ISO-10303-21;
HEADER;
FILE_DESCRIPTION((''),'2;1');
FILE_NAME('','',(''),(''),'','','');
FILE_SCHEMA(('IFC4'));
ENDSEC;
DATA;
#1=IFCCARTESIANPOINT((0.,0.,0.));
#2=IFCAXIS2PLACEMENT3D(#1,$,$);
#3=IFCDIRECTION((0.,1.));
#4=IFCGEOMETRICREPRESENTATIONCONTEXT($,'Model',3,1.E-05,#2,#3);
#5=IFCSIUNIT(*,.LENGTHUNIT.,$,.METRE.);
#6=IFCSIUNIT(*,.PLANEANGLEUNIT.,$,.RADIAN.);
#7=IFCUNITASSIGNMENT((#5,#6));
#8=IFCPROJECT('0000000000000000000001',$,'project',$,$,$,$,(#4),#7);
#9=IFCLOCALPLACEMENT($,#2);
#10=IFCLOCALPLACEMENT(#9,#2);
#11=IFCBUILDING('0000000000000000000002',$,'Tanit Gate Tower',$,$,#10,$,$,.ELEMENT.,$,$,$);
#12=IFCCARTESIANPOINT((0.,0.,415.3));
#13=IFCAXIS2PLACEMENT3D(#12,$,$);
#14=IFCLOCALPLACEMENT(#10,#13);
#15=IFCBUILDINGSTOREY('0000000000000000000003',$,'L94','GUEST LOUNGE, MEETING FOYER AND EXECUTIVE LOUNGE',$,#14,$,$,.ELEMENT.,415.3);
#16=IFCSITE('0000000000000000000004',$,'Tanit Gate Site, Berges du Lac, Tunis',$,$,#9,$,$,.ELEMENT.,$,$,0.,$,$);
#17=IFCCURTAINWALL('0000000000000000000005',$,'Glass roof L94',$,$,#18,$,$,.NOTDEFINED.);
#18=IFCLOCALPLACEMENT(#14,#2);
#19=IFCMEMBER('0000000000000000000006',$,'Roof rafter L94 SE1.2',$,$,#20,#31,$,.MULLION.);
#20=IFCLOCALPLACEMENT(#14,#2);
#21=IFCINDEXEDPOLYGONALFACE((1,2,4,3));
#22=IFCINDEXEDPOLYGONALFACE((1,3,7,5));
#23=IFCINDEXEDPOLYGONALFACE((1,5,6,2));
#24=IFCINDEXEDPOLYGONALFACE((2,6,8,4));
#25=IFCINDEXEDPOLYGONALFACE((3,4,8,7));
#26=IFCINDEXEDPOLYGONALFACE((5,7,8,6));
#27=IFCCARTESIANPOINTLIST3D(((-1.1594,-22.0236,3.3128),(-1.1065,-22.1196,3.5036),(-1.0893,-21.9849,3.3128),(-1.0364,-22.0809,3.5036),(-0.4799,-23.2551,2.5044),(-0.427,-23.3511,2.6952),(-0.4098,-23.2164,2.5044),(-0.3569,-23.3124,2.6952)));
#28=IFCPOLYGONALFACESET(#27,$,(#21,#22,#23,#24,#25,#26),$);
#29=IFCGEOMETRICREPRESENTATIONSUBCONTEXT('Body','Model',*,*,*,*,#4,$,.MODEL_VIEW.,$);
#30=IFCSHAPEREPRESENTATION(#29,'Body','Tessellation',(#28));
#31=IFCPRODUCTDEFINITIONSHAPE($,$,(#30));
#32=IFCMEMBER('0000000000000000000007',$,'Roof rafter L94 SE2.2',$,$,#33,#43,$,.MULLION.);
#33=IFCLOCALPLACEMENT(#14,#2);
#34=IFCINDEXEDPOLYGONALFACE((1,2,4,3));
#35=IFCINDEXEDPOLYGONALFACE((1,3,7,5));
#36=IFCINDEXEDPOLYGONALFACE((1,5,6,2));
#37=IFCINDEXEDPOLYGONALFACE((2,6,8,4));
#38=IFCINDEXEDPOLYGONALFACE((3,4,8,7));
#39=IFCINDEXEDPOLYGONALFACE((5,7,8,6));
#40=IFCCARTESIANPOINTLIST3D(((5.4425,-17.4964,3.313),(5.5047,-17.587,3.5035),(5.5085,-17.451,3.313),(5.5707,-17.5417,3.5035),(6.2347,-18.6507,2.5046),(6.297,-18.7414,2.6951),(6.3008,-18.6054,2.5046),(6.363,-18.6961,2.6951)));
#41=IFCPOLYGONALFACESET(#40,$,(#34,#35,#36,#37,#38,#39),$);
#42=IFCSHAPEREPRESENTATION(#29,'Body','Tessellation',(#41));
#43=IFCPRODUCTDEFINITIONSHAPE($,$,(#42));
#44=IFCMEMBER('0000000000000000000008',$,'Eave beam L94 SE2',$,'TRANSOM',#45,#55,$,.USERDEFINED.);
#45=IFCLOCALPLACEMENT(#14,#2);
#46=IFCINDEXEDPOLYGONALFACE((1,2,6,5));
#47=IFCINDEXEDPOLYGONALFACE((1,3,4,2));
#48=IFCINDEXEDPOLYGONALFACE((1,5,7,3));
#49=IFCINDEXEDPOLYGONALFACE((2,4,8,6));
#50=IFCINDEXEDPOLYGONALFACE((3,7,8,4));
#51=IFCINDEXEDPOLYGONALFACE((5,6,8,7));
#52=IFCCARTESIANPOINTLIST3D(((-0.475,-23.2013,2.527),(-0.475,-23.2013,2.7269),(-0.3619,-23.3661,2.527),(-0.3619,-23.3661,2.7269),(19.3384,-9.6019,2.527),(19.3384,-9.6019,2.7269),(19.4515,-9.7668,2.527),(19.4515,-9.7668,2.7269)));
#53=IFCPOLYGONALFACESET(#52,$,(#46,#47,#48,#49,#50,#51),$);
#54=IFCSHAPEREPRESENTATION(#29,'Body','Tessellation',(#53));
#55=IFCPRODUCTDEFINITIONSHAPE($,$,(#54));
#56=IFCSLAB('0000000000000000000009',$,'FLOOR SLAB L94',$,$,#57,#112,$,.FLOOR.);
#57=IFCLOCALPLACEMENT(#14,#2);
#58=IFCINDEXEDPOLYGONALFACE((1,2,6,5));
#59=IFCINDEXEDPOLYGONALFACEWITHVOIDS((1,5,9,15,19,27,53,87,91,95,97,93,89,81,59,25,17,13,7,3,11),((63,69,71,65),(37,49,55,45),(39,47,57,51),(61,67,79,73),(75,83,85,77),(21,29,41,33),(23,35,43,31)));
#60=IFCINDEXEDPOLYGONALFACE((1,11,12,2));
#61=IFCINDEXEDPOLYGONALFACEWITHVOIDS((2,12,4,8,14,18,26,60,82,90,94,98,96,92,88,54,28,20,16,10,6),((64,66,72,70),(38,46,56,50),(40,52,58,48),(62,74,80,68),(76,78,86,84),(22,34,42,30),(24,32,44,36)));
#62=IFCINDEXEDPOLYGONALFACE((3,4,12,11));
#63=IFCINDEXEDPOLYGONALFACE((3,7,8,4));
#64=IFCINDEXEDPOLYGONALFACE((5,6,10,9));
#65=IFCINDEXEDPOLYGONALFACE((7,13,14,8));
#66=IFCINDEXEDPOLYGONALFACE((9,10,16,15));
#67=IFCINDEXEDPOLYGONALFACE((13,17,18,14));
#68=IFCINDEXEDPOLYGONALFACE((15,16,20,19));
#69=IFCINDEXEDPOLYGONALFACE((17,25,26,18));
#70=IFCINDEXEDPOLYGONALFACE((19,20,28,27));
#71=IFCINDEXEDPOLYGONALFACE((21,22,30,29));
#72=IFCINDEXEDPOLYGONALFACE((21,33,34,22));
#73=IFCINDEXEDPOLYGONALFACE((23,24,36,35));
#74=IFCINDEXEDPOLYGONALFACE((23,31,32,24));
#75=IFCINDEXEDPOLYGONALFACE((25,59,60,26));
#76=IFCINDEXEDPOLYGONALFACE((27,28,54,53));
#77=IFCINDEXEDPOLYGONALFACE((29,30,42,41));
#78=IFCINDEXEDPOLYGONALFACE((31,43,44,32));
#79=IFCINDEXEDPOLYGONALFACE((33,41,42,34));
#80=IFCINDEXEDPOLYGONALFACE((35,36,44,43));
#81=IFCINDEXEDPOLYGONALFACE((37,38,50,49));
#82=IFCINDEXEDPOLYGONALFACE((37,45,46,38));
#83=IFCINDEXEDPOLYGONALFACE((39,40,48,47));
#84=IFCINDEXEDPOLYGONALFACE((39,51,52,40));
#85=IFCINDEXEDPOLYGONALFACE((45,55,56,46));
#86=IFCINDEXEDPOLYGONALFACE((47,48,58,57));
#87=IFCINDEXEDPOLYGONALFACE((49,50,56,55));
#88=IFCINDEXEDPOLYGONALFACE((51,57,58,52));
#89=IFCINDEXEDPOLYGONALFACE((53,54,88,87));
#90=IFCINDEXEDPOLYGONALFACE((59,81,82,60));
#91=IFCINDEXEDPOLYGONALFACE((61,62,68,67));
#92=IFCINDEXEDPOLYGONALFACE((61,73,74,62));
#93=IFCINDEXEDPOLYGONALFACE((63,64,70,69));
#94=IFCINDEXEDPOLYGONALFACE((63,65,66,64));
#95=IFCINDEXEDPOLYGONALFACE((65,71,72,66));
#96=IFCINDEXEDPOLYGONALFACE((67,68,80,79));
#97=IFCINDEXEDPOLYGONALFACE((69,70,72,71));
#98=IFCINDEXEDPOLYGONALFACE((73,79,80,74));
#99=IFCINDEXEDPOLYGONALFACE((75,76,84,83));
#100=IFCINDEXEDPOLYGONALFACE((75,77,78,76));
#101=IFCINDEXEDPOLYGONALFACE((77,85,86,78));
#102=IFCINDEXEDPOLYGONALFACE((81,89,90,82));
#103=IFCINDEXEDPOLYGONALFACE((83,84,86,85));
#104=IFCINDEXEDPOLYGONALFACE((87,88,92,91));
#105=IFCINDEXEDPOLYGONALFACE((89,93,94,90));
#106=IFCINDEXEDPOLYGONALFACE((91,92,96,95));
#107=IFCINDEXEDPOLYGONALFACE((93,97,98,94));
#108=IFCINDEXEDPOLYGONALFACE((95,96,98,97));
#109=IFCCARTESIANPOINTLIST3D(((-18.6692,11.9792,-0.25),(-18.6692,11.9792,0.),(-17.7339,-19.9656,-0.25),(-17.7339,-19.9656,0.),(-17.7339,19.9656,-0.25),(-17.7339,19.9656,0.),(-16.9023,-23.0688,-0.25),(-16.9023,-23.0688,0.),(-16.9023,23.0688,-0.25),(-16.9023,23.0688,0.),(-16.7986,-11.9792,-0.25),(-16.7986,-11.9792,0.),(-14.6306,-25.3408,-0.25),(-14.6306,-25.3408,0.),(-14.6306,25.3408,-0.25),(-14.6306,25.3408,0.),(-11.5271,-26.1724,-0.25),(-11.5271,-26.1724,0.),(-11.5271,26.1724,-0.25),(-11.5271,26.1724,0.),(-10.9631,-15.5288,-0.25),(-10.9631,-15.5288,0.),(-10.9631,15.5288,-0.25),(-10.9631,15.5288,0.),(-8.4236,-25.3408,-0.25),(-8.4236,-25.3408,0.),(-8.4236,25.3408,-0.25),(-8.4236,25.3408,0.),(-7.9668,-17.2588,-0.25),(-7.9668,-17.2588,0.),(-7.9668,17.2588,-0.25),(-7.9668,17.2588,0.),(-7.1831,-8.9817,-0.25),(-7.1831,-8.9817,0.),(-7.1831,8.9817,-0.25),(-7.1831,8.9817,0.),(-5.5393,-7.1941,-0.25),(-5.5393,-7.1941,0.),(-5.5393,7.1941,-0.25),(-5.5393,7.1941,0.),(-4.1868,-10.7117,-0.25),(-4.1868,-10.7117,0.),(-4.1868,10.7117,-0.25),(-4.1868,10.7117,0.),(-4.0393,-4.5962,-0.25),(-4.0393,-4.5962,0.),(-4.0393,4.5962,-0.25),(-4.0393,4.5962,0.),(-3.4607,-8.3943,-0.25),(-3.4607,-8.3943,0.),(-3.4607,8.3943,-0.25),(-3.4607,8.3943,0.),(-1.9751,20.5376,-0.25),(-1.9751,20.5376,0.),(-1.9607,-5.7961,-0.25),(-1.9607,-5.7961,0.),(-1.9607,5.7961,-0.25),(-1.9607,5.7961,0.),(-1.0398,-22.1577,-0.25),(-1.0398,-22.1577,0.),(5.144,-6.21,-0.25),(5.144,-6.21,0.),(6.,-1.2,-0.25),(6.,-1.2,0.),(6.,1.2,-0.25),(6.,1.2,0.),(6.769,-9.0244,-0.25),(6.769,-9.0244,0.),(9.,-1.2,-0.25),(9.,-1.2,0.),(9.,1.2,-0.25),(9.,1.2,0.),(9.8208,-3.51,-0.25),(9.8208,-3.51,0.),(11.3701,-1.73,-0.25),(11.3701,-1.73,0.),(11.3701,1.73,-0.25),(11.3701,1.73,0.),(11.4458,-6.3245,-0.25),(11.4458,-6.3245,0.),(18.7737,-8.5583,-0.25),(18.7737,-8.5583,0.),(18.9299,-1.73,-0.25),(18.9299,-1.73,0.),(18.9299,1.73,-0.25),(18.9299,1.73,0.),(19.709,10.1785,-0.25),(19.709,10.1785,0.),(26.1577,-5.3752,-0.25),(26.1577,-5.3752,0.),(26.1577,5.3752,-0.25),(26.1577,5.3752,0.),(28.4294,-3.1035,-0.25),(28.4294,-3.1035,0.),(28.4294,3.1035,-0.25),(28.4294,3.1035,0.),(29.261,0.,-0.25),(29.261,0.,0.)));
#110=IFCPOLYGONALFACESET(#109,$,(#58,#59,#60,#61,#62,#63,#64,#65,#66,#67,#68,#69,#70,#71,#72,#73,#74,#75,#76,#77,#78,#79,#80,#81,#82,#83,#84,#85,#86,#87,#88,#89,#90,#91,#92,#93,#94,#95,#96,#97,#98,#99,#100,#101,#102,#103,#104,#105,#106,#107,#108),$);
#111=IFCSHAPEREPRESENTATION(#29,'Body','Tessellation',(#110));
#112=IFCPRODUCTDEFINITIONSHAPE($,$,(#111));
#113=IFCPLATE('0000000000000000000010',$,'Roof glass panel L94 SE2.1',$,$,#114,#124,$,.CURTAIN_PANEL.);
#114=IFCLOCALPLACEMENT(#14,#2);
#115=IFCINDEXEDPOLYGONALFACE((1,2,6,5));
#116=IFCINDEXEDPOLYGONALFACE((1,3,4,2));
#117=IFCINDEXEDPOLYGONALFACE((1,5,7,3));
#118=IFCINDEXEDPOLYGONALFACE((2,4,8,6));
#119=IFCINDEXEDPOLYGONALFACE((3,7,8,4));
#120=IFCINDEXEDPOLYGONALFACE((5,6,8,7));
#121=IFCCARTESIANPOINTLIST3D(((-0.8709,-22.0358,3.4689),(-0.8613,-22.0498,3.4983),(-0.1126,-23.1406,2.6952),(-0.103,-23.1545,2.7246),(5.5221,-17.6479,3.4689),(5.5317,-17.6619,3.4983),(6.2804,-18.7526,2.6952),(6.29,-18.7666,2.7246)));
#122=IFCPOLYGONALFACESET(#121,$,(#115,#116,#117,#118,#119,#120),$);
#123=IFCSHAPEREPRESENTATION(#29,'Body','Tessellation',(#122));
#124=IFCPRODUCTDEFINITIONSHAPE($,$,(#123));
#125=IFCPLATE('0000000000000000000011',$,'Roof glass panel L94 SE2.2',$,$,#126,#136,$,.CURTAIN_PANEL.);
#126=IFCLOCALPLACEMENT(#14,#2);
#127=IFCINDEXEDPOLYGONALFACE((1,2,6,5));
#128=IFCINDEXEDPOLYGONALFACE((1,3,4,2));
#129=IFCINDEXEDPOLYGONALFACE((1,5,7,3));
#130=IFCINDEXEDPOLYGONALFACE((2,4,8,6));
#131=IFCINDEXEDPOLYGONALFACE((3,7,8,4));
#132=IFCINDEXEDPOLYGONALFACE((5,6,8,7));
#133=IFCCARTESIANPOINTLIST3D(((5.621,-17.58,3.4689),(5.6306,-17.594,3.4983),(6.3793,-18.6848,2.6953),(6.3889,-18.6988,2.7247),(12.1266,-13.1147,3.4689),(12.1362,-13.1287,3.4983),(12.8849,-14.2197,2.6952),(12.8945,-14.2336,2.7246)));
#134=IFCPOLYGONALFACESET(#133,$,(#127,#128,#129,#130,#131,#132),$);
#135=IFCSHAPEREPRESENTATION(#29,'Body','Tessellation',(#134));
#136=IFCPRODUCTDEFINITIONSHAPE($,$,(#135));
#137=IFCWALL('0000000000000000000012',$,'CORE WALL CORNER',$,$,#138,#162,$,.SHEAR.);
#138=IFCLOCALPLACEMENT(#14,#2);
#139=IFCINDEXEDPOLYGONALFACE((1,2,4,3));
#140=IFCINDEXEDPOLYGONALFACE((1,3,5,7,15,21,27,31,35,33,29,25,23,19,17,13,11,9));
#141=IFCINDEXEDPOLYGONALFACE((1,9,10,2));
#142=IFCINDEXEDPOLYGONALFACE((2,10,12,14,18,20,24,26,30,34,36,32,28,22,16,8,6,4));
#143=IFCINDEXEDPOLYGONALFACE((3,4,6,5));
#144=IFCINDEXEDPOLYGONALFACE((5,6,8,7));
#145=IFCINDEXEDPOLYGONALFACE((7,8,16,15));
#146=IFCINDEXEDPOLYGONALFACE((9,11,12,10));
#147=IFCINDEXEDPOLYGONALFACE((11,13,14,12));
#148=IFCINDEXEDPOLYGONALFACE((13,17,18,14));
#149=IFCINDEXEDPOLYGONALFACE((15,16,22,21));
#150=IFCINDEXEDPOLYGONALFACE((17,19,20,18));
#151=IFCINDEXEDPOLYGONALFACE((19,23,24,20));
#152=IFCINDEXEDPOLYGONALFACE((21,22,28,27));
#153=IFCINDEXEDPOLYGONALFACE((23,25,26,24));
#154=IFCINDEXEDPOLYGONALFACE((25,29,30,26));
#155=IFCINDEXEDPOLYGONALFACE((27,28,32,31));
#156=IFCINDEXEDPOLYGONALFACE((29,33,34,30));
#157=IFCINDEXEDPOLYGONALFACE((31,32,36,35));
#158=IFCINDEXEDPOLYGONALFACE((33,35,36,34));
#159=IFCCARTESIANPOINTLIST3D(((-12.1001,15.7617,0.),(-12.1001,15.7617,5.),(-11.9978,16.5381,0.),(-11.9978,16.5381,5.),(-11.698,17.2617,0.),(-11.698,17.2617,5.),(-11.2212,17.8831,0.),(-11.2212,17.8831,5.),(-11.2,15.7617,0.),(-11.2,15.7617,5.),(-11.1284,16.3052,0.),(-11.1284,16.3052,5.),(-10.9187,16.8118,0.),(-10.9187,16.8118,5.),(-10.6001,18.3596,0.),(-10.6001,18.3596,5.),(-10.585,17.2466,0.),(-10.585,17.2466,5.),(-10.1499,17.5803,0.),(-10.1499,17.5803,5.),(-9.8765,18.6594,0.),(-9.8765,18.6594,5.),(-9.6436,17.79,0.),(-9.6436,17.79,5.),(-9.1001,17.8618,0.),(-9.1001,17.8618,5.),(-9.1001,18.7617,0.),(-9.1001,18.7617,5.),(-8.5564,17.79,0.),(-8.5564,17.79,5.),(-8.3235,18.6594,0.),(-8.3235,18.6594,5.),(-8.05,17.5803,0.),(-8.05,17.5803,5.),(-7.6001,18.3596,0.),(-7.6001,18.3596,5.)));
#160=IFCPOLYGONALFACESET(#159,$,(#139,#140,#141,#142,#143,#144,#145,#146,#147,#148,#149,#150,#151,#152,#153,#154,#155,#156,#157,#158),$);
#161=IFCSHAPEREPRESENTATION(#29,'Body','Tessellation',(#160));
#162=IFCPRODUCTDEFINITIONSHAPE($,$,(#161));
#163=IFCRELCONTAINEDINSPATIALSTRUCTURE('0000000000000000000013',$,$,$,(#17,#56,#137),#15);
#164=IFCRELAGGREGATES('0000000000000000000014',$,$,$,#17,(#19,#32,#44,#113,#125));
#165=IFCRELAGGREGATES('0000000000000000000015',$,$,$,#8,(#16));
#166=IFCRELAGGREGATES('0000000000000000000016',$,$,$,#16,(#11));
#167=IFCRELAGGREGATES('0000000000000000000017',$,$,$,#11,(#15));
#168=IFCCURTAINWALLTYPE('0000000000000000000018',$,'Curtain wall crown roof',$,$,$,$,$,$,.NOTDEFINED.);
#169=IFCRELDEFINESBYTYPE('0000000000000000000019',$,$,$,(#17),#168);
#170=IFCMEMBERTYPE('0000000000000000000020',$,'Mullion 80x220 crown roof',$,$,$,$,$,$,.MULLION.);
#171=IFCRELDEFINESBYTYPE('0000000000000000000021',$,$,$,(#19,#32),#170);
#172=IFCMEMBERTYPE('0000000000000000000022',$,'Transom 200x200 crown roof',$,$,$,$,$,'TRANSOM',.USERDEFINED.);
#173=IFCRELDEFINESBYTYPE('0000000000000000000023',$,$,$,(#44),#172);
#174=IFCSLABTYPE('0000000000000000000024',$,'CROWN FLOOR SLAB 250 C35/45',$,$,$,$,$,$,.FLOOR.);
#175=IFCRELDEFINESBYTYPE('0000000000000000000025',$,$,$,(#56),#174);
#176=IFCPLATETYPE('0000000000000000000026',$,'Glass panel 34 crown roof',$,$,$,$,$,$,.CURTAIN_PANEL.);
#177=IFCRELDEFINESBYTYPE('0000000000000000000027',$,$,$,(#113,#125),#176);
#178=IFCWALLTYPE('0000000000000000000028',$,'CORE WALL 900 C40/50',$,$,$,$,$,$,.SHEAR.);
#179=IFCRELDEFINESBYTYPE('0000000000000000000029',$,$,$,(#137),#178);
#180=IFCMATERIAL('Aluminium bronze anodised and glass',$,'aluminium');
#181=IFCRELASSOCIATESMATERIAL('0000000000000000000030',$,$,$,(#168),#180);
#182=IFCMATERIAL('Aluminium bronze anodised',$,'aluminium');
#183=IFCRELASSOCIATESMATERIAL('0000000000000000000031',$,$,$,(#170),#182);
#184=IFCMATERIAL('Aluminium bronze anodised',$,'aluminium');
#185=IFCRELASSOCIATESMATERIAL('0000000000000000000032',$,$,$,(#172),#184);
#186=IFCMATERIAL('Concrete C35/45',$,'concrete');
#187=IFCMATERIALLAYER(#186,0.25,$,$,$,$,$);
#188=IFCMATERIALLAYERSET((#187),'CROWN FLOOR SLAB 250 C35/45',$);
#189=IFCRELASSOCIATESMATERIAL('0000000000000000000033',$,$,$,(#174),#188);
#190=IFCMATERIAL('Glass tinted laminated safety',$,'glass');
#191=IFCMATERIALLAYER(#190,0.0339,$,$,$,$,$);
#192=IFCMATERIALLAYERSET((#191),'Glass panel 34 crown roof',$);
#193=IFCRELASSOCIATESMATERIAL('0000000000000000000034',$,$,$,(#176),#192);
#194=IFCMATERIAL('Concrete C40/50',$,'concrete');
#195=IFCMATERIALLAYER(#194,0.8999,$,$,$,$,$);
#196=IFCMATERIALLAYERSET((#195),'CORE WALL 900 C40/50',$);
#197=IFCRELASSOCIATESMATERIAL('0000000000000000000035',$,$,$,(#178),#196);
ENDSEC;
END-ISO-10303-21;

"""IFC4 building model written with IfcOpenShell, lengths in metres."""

from ifc_helpers import new_model, si_unit, direction, frame, origin, origin_2d, place, context, subcontext, project, spatial, polyline, rectangle, outline, extrude, material, layer, layer_set, material_profile, profile_set, type_object, element, aggregate, save


model = new_model("IFC4")

# Units and contexts
model_context = context("Model", 3, precision=1e-05, world=origin(), true_north=direction((0.0, 1.0)))
body_context = subcontext(model_context, "Body", "Model", "MODEL_VIEW")
ifc_project = project(units=[si_unit("LENGTHUNIT", "METRE"), si_unit("PLANEANGLEUNIT", "RADIAN")], contexts=[model_context])

# Site, building, storey
site_placement = place(None, origin())
site = spatial("IfcSite", under=ifc_project, at=site_placement, Name="Tanit Gate Site, Berges du Lac, Tunis", CompositionType="ELEMENT", RefElevation=0.0)
building_placement = place(site_placement, origin())
building = spatial("IfcBuilding", under=site, at=building_placement, Name="Tanit Gate Tower", CompositionType="ELEMENT")
storey_placement = place(building_placement, frame((0.0, 0.0, 415.3)))
storey = spatial("IfcBuildingStorey", under=building, at=storey_placement, Name="L94", Description="GUEST LOUNGE, MEETING FOYER AND EXECUTIVE LOUNGE", CompositionType="ELEMENT", Elevation=415.3)

# Curtain wall, members
ifc_material_1 = material(Name="Aluminium bronze anodised and glass", Category="aluminium")
curtain_wall_type = type_object("IfcCurtainWallType", Name="Curtain wall crown roof", PredefinedType="NOTDEFINED", material=ifc_material_1)
curtain_wall_placement = place(storey_placement, origin())
curtain_wall = element("IfcCurtainWall", 1, at=curtain_wall_placement, inside=storey, type_object=curtain_wall_type, Name="Glass roof L94", PredefinedType="NOTDEFINED")
ifc_material_2 = material(Name="Aluminium bronze anodised", Category="aluminium")
ifc_material_profile_1 = material_profile(ifc_material_2, rectangle(XDim=0.0801, YDim=0.22, at=origin_2d()), Name="80x220 bronze rafter")
ifc_profile_set_1 = profile_set([ifc_material_profile_1], Name="Aluminium bronze anodised")
member_type_1 = type_object("IfcMemberType", Name="Mullion 80x220 crown roof", PredefinedType="MULLION", material=ifc_profile_set_1)
member_1_placement = place(storey_placement, frame((-1.0979, -22.0522, 3.4082), z_axis=(0.418841, -0.759121, -0.498305), x_axis=(0.87557, 0.483091, 0.0)))
member_1 = element("IfcMember", 2, at=member_1_placement, type_object=member_type_1, Name="Roof rafter L94 SE1.2", PredefinedType="MULLION", context=body_context, shape_type="SweptSolid", body=[
    extrude(rectangle(XDim=0.0801, YDim=0.22, at=origin_2d()), origin(), (0.0, 0.0, 1.0), 1.6223),
])
member_2_placement = place(storey_placement, frame((5.5066, -17.519, 3.4082), z_axis=(0.490056, -0.714018, -0.500024), x_axis=(0.824489, 0.565877, 0.0)))
member_2 = element("IfcMember", 3, at=member_2_placement, type_object=member_type_1, Name="Roof rafter L94 SE2.2", PredefinedType="MULLION", context=body_context, shape_type="SweptSolid", body=[
    extrude(rectangle(XDim=0.0801, YDim=0.22, at=origin_2d()), origin(), (0.0, 0.0, 1.0), 1.6167),
])
ifc_material_3 = material(Name="Aluminium bronze anodised", Category="aluminium")
ifc_material_profile_2 = material_profile(ifc_material_3, rectangle(XDim=0.2, YDim=0.2, at=origin_2d()), Name="200x200 bronze transom")
ifc_profile_set_2 = profile_set([ifc_material_profile_2], Name="Aluminium bronze anodised")
member_type_2 = type_object("IfcMemberType", Name="Transom 200x200 crown roof", ElementType="TRANSOM", PredefinedType="USERDEFINED", material=ifc_profile_set_2)
member_3_placement = place(storey_placement, frame((-0.4185, -23.2837, 2.627), z_axis=(0.824477, 0.565896, 0.0), x_axis=(-0.565896, 0.824477, 0.0)))
member_3 = element("IfcMember", 4, at=member_3_placement, type_object=member_type_2, Name="Eave beam L94 SE2", ObjectType="TRANSOM", PredefinedType="USERDEFINED", context=body_context, shape_type="SweptSolid", body=[
    extrude(rectangle(XDim=0.2, YDim=0.2, at=origin_2d()), origin(), (0.0, 0.0, 1.0), 24.0315),
])

# Slab
ifc_material_4 = material(Name="Concrete C35/45", Category="concrete")
ifc_layer_1 = layer(ifc_material_4, 0.25)
ifc_layer_set_1 = layer_set([ifc_layer_1], Name="CROWN FLOOR SLAB 250 C35/45")
slab_type = type_object("IfcSlabType", Name="CROWN FLOOR SLAB 250 C35/45", PredefinedType="FLOOR", material=ifc_layer_set_1)
slab_placement = place(storey_placement, frame((0.0, 0.0, -0.25)))
element("IfcSlab", 5, at=slab_placement, inside=storey, type_object=slab_type, Name="FLOOR SLAB L94", PredefinedType="FLOOR", context=body_context, shape_type="SweptSolid", body=[
    extrude(outline(polyline([(26.1577, 5.3752), (28.4294, 3.1035), (29.261, 0.0), (28.4294, -3.1035), (26.1577, -5.3752), (18.7737, -8.5583), (-1.0398, -22.1577), (-8.4236, -25.3408), (-11.5271, -26.1724), (-14.6306, -25.3408), (-16.9023, -23.0688), (-17.7339, -19.9656), (-16.7986, -11.9792), (-18.6692, 11.9792), (-17.7339, 19.9656), (-16.9023, 23.0688), (-14.6306, 25.3408), (-11.5271, 26.1724), (-8.4236, 25.3408), (-1.9751, 20.5376), (19.709, 10.1785), (26.1577, 5.3752)]), holes=[polyline([(11.3701, -1.73), (11.3701, 1.73), (18.9299, 1.73), (18.9299, -1.73), (11.3701, -1.73)]), polyline([(9.8208, -3.51), (11.4458, -6.3245), (6.769, -9.0244), (5.144, -6.21), (9.8208, -3.51)]), polyline([(6.0, -1.2), (6.0, 1.2), (9.0, 1.2), (9.0, -1.2), (6.0, -1.2)]), polyline([(-1.9607, 5.7961), (-4.0393, 4.5962), (-5.5393, 7.1941), (-3.4607, 8.3943), (-1.9607, 5.7961)]), polyline([(-4.0393, -4.5962), (-1.9607, -5.7961), (-3.4607, -8.3943), (-5.5393, -7.1941), (-4.0393, -4.5962)]), polyline([(-4.1868, 10.7117), (-7.1831, 8.9817), (-10.9631, 15.5288), (-7.9668, 17.2588), (-4.1868, 10.7117)]), polyline([(-7.1831, -8.9817), (-4.1868, -10.7117), (-7.9668, -17.2588), (-10.9631, -15.5288), (-7.1831, -8.9817)])]), origin(), (0.0, 0.0, 1.0), 0.25),
])

# Plates
ifc_material_5 = material(Name="Glass tinted laminated safety", Category="glass")
ifc_layer_2 = layer(ifc_material_5, 0.0339)
ifc_layer_set_2 = layer_set([ifc_layer_2], Name="Glass panel 34 crown roof")
plate_type = type_object("IfcPlateType", Name="Glass panel 34 crown roof", PredefinedType="CURTAIN_PANEL", material=ifc_layer_set_2)
plate_1_placement = place(storey_placement, frame((-0.8613, -22.0498, 3.4983), z_axis=(0.282962, -0.412265, 0.866008), x_axis=(0.824481, 0.56589, 0.0)))
plate_1 = element("IfcPlate", 6, at=plate_1_placement, type_object=plate_type, Name="Roof glass panel L94 SE2.1", PredefinedType="CURTAIN_PANEL", context=body_context, shape_type="SweptSolid", body=[
    extrude(outline(polyline([(0.0, 0.0), (7.7541, 0.0), (7.7541, -1.5473), (0.0, -1.5473), (0.0, 0.0)])), origin(), (0.0, 0.0, -1.0), 0.0339),
])
plate_2_placement = place(storey_placement, frame((5.6306, -17.594, 3.4983), z_axis=(0.282947, -0.412241, 0.866024), x_axis=(0.824474, 0.5659, 0.000006)))
plate_2 = element("IfcPlate", 7, at=plate_2_placement, type_object=plate_type, Name="Roof glass panel L94 SE2.2", PredefinedType="CURTAIN_PANEL", context=body_context, shape_type="SweptSolid", body=[
    extrude(outline(polyline([(0.0, 0.0), (7.8906, 0.0), (7.8905, -1.5474), (0.0, -1.5473), (0.0, 0.0)])), origin(), (0.0, 0.0, -1.0), 0.0339),
])
aggregate(curtain_wall, [member_1, member_2, member_3, plate_1, plate_2])

# Wall
ifc_material_6 = material(Name="Concrete C40/50", Category="concrete")
ifc_layer_3 = layer(ifc_material_6, 0.8999)
ifc_layer_set_3 = layer_set([ifc_layer_3], Name="CORE WALL 900 C40/50")
wall_type_1 = type_object("IfcWallType", Name="CORE WALL 900 C40/50", PredefinedType="SHEAR", material=ifc_layer_set_3)
wall_1_placement = place(storey_placement, origin())
element("IfcWall", 8, at=wall_1_placement, inside=storey, type_object=wall_type_1, Name="CORE WALL CORNER", PredefinedType="SHEAR", context=body_context, shape_type="SweptSolid", body=[
    extrude(outline(polyline([(-7.6001, 18.3596), (-8.3235, 18.6594), (-9.1001, 18.7617), (-9.8765, 18.6594), (-10.6001, 18.3596), (-11.2212, 17.8831), (-11.698, 17.2617), (-11.9978, 16.5381), (-12.1001, 15.7617), (-11.2, 15.7617), (-11.1284, 16.3052), (-10.9187, 16.8118), (-10.585, 17.2466), (-10.1499, 17.5803), (-9.6436, 17.79), (-9.1001, 17.8618), (-8.5564, 17.79), (-8.05, 17.5803), (-7.6001, 18.3596)])), origin(), (0.0, 0.0, 1.0), 5.0),
])

save(model, "model.ifc")
